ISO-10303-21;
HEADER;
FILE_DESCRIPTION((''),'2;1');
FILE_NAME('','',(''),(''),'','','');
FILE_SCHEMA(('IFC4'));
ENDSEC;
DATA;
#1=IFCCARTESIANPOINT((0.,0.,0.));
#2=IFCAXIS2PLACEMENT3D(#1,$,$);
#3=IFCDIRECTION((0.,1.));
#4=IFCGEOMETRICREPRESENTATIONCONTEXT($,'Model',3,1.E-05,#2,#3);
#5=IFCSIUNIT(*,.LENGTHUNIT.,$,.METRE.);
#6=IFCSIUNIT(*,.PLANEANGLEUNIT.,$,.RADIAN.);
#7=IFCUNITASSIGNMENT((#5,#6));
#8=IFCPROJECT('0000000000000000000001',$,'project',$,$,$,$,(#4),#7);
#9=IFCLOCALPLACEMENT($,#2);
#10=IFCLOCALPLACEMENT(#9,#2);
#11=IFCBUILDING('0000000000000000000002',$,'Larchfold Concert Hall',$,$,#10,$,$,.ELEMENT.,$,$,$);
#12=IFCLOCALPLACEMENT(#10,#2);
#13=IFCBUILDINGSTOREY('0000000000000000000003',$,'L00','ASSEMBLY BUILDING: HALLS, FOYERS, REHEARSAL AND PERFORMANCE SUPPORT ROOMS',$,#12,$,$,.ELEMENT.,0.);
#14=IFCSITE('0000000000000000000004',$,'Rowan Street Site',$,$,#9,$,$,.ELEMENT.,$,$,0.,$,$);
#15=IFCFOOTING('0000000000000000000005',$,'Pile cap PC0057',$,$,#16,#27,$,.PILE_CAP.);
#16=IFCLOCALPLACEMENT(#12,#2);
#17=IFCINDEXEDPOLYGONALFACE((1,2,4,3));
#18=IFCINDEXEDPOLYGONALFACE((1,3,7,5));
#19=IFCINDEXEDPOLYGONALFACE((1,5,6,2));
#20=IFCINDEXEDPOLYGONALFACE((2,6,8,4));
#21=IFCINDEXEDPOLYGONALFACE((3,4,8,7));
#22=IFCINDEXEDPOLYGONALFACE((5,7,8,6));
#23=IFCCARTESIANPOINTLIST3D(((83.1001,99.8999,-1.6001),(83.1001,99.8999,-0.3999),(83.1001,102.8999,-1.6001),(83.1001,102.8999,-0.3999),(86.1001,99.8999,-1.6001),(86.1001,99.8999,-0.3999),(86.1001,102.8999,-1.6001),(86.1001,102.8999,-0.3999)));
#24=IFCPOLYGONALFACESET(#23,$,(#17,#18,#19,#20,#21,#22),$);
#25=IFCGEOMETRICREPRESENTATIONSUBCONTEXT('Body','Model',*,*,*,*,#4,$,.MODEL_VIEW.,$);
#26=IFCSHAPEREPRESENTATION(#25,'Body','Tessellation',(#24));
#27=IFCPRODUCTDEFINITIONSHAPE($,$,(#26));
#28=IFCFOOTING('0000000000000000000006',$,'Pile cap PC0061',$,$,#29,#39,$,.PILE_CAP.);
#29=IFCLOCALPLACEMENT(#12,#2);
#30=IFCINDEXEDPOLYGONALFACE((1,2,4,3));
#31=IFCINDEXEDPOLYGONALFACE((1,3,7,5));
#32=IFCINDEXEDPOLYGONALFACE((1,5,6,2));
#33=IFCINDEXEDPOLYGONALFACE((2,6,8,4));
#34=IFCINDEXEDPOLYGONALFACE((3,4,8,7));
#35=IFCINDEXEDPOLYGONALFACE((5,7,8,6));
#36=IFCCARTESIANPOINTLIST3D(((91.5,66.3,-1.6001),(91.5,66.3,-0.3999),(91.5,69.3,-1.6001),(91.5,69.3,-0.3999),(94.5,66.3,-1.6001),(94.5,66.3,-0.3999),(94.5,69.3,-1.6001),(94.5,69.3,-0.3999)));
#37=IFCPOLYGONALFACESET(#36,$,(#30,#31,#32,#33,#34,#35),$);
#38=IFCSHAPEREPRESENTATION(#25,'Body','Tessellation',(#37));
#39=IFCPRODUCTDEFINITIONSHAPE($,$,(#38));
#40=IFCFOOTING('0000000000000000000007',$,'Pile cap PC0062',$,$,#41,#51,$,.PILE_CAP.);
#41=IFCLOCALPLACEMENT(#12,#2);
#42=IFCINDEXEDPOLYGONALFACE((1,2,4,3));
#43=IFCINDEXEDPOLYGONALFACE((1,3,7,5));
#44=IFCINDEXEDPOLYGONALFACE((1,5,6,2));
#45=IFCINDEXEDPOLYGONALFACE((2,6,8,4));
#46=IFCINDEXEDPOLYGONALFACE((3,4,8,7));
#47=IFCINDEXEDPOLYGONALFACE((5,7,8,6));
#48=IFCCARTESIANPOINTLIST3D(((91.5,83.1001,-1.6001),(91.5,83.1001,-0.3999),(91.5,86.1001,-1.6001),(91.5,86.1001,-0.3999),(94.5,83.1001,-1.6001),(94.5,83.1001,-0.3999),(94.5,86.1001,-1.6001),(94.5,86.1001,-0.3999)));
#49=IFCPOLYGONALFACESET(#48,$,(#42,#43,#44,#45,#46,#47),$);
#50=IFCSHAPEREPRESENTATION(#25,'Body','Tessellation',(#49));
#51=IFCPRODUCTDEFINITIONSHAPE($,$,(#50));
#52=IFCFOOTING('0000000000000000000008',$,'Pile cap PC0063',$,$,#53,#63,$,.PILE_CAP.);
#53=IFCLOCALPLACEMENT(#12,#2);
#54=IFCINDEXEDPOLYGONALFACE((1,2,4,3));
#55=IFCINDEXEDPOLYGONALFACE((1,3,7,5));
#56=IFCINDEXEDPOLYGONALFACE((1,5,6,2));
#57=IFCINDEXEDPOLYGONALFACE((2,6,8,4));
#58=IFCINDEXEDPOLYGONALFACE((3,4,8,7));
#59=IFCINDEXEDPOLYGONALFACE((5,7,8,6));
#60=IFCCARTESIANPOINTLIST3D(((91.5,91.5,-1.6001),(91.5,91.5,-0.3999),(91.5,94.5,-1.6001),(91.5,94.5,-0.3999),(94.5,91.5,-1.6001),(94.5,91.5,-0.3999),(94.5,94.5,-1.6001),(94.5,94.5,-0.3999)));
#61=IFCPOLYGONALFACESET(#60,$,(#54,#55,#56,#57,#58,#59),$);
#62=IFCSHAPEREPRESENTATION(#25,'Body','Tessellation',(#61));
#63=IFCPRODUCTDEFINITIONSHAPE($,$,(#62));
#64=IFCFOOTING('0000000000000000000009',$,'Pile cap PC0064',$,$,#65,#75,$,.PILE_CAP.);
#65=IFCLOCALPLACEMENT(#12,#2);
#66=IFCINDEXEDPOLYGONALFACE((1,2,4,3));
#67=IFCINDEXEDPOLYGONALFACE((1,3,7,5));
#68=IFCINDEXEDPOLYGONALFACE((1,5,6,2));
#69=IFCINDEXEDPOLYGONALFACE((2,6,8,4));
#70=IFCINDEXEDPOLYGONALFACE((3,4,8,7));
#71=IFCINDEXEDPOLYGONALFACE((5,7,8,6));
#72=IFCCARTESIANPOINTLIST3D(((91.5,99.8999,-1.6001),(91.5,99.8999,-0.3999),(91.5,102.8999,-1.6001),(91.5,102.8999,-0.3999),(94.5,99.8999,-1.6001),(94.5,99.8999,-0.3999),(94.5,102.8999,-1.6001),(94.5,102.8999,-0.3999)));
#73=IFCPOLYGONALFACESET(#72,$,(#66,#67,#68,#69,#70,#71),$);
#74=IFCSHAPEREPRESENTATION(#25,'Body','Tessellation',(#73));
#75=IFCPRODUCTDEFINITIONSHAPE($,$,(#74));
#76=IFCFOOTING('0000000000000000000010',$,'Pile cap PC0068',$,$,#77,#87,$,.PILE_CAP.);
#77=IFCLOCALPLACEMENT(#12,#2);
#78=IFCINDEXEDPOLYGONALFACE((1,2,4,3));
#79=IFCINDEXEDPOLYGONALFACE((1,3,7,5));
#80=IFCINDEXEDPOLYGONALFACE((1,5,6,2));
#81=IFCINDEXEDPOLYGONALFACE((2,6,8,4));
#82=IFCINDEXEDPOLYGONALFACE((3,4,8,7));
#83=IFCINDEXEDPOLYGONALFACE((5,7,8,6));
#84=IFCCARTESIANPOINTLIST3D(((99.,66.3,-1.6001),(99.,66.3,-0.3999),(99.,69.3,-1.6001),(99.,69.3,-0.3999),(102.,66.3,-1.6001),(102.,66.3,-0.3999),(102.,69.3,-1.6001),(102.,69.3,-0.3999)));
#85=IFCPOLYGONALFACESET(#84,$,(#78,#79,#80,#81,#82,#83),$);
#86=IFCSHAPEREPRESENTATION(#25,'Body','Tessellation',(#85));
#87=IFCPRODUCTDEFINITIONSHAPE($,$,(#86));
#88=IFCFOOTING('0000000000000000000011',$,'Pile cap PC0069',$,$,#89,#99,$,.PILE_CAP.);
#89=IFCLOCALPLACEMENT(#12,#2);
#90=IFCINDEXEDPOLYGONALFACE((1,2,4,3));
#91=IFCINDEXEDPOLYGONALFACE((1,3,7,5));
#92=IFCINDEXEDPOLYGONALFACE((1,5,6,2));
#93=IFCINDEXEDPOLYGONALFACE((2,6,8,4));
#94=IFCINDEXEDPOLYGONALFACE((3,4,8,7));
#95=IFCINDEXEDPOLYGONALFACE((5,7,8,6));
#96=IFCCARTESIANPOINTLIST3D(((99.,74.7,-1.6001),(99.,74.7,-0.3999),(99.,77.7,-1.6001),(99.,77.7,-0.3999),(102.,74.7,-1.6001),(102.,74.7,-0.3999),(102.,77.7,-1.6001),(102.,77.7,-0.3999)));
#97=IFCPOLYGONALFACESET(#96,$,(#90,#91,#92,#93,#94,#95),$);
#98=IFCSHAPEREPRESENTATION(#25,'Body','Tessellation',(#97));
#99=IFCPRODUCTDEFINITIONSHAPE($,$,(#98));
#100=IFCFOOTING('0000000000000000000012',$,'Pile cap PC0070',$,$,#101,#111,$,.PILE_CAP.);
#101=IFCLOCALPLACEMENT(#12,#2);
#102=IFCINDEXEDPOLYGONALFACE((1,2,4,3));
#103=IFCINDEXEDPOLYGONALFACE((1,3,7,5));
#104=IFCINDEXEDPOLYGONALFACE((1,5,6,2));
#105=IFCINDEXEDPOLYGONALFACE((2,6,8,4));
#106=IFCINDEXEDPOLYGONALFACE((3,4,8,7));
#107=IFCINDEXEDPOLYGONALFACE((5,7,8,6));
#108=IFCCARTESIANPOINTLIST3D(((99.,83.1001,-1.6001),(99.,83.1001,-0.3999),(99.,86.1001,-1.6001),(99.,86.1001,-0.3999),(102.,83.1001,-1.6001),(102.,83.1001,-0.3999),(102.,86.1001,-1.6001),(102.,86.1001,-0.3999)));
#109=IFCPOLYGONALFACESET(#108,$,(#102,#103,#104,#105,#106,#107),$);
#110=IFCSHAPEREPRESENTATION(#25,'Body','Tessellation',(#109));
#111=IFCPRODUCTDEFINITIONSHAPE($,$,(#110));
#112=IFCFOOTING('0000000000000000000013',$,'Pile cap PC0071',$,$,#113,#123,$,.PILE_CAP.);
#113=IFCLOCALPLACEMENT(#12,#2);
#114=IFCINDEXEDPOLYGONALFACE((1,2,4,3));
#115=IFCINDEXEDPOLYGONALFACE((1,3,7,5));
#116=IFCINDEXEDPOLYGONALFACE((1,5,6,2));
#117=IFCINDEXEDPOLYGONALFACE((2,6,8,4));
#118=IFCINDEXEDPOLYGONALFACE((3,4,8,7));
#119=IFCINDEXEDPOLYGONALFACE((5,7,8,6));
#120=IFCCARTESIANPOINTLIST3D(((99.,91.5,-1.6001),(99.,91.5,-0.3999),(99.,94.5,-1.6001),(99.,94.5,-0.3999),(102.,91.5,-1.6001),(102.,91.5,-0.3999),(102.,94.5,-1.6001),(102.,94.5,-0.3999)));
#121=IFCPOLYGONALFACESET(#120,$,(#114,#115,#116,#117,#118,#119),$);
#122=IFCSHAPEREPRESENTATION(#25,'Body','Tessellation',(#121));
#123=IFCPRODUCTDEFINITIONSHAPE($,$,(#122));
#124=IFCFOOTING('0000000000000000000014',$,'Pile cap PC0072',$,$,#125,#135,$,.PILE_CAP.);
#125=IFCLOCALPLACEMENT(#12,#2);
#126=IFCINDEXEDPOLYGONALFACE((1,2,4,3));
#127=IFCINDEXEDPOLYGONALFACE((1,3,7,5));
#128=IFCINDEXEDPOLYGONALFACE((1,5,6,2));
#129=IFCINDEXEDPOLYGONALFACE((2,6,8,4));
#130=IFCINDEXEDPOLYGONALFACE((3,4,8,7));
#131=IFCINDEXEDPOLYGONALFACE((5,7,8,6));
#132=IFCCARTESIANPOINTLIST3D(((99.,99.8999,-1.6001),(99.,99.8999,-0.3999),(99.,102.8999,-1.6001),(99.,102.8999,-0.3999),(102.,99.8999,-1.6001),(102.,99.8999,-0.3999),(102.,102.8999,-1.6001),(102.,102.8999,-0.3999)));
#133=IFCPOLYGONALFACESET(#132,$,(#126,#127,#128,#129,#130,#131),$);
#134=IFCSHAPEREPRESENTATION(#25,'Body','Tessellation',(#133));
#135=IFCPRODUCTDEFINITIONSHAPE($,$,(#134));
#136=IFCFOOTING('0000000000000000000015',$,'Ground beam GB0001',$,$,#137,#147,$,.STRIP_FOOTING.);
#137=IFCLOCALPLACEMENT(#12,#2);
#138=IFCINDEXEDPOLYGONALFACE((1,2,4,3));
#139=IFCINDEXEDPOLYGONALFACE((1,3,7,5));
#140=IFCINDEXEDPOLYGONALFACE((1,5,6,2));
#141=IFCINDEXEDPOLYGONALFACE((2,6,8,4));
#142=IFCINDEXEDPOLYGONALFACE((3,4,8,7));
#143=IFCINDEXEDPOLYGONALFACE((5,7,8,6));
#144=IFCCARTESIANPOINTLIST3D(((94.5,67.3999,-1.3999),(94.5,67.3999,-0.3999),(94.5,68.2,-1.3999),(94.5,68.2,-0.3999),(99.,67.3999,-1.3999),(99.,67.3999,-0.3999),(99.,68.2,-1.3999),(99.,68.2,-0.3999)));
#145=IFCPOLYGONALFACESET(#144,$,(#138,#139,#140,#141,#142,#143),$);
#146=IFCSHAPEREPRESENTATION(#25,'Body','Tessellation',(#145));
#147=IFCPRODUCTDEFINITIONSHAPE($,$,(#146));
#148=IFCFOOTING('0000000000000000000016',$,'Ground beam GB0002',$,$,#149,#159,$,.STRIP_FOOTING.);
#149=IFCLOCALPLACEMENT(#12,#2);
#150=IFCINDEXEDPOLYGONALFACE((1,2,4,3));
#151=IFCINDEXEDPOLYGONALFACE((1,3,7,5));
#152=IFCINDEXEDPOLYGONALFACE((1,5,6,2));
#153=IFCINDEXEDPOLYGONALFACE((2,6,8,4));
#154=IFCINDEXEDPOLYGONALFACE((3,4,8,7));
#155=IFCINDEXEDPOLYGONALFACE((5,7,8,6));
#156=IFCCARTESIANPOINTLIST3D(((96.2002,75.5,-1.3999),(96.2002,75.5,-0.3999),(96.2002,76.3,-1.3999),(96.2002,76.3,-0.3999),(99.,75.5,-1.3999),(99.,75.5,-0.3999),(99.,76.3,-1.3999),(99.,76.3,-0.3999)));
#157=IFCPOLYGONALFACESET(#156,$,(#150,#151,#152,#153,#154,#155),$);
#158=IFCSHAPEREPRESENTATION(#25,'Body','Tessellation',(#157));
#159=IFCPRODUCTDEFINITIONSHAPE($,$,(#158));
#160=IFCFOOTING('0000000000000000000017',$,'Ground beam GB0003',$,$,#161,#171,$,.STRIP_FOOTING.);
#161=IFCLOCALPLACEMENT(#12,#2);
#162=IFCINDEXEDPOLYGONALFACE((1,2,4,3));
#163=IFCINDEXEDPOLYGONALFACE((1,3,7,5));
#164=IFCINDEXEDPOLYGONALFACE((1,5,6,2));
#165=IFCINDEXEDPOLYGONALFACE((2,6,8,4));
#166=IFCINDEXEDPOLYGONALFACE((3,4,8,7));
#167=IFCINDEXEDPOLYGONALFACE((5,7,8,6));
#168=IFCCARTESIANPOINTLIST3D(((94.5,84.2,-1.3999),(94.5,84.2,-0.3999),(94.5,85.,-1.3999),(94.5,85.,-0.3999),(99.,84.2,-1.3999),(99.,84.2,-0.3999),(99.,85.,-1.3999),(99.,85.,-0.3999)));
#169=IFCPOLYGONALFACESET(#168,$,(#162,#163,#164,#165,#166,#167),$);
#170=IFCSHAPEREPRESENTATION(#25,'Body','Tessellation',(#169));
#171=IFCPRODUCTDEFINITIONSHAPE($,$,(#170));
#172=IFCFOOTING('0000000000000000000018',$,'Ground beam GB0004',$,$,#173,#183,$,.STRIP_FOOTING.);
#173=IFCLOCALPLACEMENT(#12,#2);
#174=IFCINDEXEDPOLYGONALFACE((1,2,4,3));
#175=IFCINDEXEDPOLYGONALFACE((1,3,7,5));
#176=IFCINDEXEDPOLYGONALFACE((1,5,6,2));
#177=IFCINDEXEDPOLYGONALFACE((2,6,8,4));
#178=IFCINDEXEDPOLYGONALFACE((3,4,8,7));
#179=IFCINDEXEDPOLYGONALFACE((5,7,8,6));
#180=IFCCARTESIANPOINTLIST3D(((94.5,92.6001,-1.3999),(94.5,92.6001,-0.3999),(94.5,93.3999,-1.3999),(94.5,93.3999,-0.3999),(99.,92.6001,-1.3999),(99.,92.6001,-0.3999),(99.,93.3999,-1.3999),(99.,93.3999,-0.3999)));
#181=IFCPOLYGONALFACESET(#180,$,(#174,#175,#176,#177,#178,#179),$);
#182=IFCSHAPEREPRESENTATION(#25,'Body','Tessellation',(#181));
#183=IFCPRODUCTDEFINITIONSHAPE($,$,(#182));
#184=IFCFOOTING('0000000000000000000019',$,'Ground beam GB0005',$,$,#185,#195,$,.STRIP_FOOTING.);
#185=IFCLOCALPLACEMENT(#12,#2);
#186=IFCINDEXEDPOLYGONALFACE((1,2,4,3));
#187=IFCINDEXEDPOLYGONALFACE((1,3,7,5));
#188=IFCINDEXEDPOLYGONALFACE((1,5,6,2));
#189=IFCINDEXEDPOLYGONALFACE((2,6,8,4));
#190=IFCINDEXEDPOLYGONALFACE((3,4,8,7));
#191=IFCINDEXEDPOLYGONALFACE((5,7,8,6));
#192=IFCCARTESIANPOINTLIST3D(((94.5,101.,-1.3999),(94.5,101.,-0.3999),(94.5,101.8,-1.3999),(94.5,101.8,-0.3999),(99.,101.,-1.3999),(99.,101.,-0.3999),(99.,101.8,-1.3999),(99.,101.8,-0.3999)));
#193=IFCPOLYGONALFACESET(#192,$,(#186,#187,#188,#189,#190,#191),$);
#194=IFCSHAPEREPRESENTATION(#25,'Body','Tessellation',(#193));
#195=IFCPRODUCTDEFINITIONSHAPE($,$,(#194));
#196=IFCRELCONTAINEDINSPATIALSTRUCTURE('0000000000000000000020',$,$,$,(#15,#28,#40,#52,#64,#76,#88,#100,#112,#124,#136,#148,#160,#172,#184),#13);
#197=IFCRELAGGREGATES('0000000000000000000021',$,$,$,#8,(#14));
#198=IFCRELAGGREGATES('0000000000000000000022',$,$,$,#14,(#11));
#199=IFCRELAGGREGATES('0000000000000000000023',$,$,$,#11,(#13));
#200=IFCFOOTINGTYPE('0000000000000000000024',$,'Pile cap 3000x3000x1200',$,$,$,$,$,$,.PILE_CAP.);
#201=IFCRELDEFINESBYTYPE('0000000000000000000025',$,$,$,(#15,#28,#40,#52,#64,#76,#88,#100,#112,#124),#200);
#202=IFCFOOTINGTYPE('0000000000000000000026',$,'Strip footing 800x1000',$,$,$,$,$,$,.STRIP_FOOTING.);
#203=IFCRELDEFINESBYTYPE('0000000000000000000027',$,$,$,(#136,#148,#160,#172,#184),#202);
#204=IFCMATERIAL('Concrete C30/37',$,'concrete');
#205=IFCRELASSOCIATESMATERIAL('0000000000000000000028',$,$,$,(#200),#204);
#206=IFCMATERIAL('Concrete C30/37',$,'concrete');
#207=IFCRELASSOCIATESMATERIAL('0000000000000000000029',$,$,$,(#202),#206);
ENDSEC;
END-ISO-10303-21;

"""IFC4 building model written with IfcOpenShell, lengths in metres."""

from ifc_helpers import new_model, si_unit, direction, frame, origin, place, context, subcontext, project, spatial, polyline, outline, extrude, material, type_object, element, save


model = new_model("IFC4")

# Units and contexts
model_context = context("Model", 3, precision=1e-05, world=origin(), true_north=direction((0.0, 1.0)))
body_context = subcontext(model_context, "Body", "Model", "MODEL_VIEW")
ifc_project = project(units=[si_unit("LENGTHUNIT", "METRE"), si_unit("PLANEANGLEUNIT", "RADIAN")], contexts=[model_context])

# Site, building, storey
site_placement = place(None, origin())
site = spatial("IfcSite", under=ifc_project, at=site_placement, Name="Rowan Street Site", CompositionType="ELEMENT", RefElevation=0.0)
building_placement = place(site_placement, origin())
building = spatial("IfcBuilding", under=site, at=building_placement, Name="Larchfold Concert Hall", CompositionType="ELEMENT")
storey_placement = place(building_placement, origin())
storey = spatial("IfcBuildingStorey", under=building, at=storey_placement, Name="L00", Description="ASSEMBLY BUILDING: HALLS, FOYERS, REHEARSAL AND PERFORMANCE SUPPORT ROOMS", CompositionType="ELEMENT", Elevation=0.0)

# Footings
ifc_material_1 = material(Name="Concrete C30/37", Category="concrete")
footing_type_1 = type_object("IfcFootingType", Name="Pile cap 3000x3000x1200", PredefinedType="PILE_CAP", material=ifc_material_1)
footing_1_placement = place(storey_placement, frame((0.0, 0.0, -1.6001)))
element("IfcFooting", 1, at=footing_1_placement, inside=storey, type_object=footing_type_1, Name="Pile cap PC0057", PredefinedType="PILE_CAP", context=body_context, shape_type="SweptSolid", body=[
    extrude(outline(polyline([(86.1001, 99.8999), (86.1001, 102.8999), (83.1001, 102.8999), (83.1001, 99.8999), (86.1001, 99.8999)])), origin(), (0.0, 0.0, 1.0), 1.2002),
])
footing_2_placement = place(storey_placement, frame((0.0, 0.0, -1.6001)))
element("IfcFooting", 2, at=footing_2_placement, inside=storey, type_object=footing_type_1, Name="Pile cap PC0061", PredefinedType="PILE_CAP", context=body_context, shape_type="SweptSolid", body=[
    extrude(outline(polyline([(94.5, 66.3), (94.5, 69.3), (91.5, 69.3), (91.5, 66.3), (94.5, 66.3)])), origin(), (0.0, 0.0, 1.0), 1.2002),
])
footing_3_placement = place(storey_placement, frame((0.0, 0.0, -1.6001)))
element("IfcFooting", 3, at=footing_3_placement, inside=storey, type_object=footing_type_1, Name="Pile cap PC0062", PredefinedType="PILE_CAP", context=body_context, shape_type="SweptSolid", body=[
    extrude(outline(polyline([(94.5, 83.1001), (94.5, 86.1001), (91.5, 86.1001), (91.5, 83.1001), (94.5, 83.1001)])), origin(), (0.0, 0.0, 1.0), 1.2002),
])
footing_4_placement = place(storey_placement, frame((0.0, 0.0, -1.6001)))
element("IfcFooting", 4, at=footing_4_placement, inside=storey, type_object=footing_type_1, Name="Pile cap PC0063", PredefinedType="PILE_CAP", context=body_context, shape_type="SweptSolid", body=[
    extrude(outline(polyline([(94.5, 91.5), (94.5, 94.5), (91.5, 94.5), (91.5, 91.5), (94.5, 91.5)])), origin(), (0.0, 0.0, 1.0), 1.2002),
])
footing_5_placement = place(storey_placement, frame((0.0, 0.0, -1.6001)))
element("IfcFooting", 5, at=footing_5_placement, inside=storey, type_object=footing_type_1, Name="Pile cap PC0064", PredefinedType="PILE_CAP", context=body_context, shape_type="SweptSolid", body=[
    extrude(outline(polyline([(94.5, 99.8999), (94.5, 102.8999), (91.5, 102.8999), (91.5, 99.8999), (94.5, 99.8999)])), origin(), (0.0, 0.0, 1.0), 1.2002),
])
footing_6_placement = place(storey_placement, frame((0.0, 0.0, -1.6001)))
element("IfcFooting", 6, at=footing_6_placement, inside=storey, type_object=footing_type_1, Name="Pile cap PC0068", PredefinedType="PILE_CAP", context=body_context, shape_type="SweptSolid", body=[
    extrude(outline(polyline([(102.0, 66.3), (102.0, 69.3), (99.0, 69.3), (99.0, 66.3), (102.0, 66.3)])), origin(), (0.0, 0.0, 1.0), 1.2002),
])
footing_7_placement = place(storey_placement, frame((0.0, 0.0, -1.6001)))
element("IfcFooting", 7, at=footing_7_placement, inside=storey, type_object=footing_type_1, Name="Pile cap PC0069", PredefinedType="PILE_CAP", context=body_context, shape_type="SweptSolid", body=[
    extrude(outline(polyline([(102.0, 74.7), (102.0, 77.7), (99.0, 77.7), (99.0, 74.7), (102.0, 74.7)])), origin(), (0.0, 0.0, 1.0), 1.2002),
])
footing_8_placement = place(storey_placement, frame((0.0, 0.0, -1.6001)))
element("IfcFooting", 8, at=footing_8_placement, inside=storey, type_object=footing_type_1, Name="Pile cap PC0070", PredefinedType="PILE_CAP", context=body_context, shape_type="SweptSolid", body=[
    extrude(outline(polyline([(102.0, 83.1001), (102.0, 86.1001), (99.0, 86.1001), (99.0, 83.1001), (102.0, 83.1001)])), origin(), (0.0, 0.0, 1.0), 1.2002),
])
footing_9_placement = place(storey_placement, frame((0.0, 0.0, -1.6001)))
element("IfcFooting", 9, at=footing_9_placement, inside=storey, type_object=footing_type_1, Name="Pile cap PC0071", PredefinedType="PILE_CAP", context=body_context, shape_type="SweptSolid", body=[
    extrude(outline(polyline([(102.0, 91.5), (102.0, 94.5), (99.0, 94.5), (99.0, 91.5), (102.0, 91.5)])), origin(), (0.0, 0.0, 1.0), 1.2002),
])
footing_10_placement = place(storey_placement, frame((0.0, 0.0, -1.6001)))
element("IfcFooting", 10, at=footing_10_placement, inside=storey, type_object=footing_type_1, Name="Pile cap PC0072", PredefinedType="PILE_CAP", context=body_context, shape_type="SweptSolid", body=[
    extrude(outline(polyline([(102.0, 99.8999), (102.0, 102.8999), (99.0, 102.8999), (99.0, 99.8999), (102.0, 99.8999)])), origin(), (0.0, 0.0, 1.0), 1.2002),
])
ifc_material_2 = material(Name="Concrete C30/37", Category="concrete")
footing_type_2 = type_object("IfcFootingType", Name="Strip footing 800x1000", PredefinedType="STRIP_FOOTING", material=ifc_material_2)
footing_11_placement = place(storey_placement, frame((0.0, 0.0, -1.3999)))
element("IfcFooting", 11, at=footing_11_placement, inside=storey, type_object=footing_type_2, Name="Ground beam GB0001", PredefinedType="STRIP_FOOTING", context=body_context, shape_type="SweptSolid", body=[
    extrude(outline(polyline([(94.5, 68.2), (94.5, 67.3999), (99.0, 67.3999), (99.0, 68.2), (94.5, 68.2)])), origin(), (0.0, 0.0, 1.0), 1.0),
])
footing_12_placement = place(storey_placement, frame((0.0, 0.0, -1.3999)))
element("IfcFooting", 12, at=footing_12_placement, inside=storey, type_object=footing_type_2, Name="Ground beam GB0002", PredefinedType="STRIP_FOOTING", context=body_context, shape_type="SweptSolid", body=[
    extrude(outline(polyline([(96.2002, 76.3), (96.2002, 75.5), (99.0, 75.5), (99.0, 76.3), (96.2002, 76.3)])), origin(), (0.0, 0.0, 1.0), 1.0),
])
footing_13_placement = place(storey_placement, frame((0.0, 0.0, -1.3999)))
element("IfcFooting", 13, at=footing_13_placement, inside=storey, type_object=footing_type_2, Name="Ground beam GB0003", PredefinedType="STRIP_FOOTING", context=body_context, shape_type="SweptSolid", body=[
    extrude(outline(polyline([(94.5, 85.0), (94.5, 84.2), (99.0, 84.2), (99.0, 85.0), (94.5, 85.0)])), origin(), (0.0, 0.0, 1.0), 1.0),
])
footing_14_placement = place(storey_placement, frame((0.0, 0.0, -1.3999)))
element("IfcFooting", 14, at=footing_14_placement, inside=storey, type_object=footing_type_2, Name="Ground beam GB0004", PredefinedType="STRIP_FOOTING", context=body_context, shape_type="SweptSolid", body=[
    extrude(outline(polyline([(94.5, 93.3999), (94.5, 92.6001), (99.0, 92.6001), (99.0, 93.3999), (94.5, 93.3999)])), origin(), (0.0, 0.0, 1.0), 1.0),
])
footing_15_placement = place(storey_placement, frame((0.0, 0.0, -1.3999)))
element("IfcFooting", 15, at=footing_15_placement, inside=storey, type_object=footing_type_2, Name="Ground beam GB0005", PredefinedType="STRIP_FOOTING", context=body_context, shape_type="SweptSolid", body=[
    extrude(outline(polyline([(94.5, 101.8), (94.5, 101.0), (99.0, 101.0), (99.0, 101.8), (94.5, 101.8)])), origin(), (0.0, 0.0, 1.0), 1.0),
])

save(model, "model.ifc")
